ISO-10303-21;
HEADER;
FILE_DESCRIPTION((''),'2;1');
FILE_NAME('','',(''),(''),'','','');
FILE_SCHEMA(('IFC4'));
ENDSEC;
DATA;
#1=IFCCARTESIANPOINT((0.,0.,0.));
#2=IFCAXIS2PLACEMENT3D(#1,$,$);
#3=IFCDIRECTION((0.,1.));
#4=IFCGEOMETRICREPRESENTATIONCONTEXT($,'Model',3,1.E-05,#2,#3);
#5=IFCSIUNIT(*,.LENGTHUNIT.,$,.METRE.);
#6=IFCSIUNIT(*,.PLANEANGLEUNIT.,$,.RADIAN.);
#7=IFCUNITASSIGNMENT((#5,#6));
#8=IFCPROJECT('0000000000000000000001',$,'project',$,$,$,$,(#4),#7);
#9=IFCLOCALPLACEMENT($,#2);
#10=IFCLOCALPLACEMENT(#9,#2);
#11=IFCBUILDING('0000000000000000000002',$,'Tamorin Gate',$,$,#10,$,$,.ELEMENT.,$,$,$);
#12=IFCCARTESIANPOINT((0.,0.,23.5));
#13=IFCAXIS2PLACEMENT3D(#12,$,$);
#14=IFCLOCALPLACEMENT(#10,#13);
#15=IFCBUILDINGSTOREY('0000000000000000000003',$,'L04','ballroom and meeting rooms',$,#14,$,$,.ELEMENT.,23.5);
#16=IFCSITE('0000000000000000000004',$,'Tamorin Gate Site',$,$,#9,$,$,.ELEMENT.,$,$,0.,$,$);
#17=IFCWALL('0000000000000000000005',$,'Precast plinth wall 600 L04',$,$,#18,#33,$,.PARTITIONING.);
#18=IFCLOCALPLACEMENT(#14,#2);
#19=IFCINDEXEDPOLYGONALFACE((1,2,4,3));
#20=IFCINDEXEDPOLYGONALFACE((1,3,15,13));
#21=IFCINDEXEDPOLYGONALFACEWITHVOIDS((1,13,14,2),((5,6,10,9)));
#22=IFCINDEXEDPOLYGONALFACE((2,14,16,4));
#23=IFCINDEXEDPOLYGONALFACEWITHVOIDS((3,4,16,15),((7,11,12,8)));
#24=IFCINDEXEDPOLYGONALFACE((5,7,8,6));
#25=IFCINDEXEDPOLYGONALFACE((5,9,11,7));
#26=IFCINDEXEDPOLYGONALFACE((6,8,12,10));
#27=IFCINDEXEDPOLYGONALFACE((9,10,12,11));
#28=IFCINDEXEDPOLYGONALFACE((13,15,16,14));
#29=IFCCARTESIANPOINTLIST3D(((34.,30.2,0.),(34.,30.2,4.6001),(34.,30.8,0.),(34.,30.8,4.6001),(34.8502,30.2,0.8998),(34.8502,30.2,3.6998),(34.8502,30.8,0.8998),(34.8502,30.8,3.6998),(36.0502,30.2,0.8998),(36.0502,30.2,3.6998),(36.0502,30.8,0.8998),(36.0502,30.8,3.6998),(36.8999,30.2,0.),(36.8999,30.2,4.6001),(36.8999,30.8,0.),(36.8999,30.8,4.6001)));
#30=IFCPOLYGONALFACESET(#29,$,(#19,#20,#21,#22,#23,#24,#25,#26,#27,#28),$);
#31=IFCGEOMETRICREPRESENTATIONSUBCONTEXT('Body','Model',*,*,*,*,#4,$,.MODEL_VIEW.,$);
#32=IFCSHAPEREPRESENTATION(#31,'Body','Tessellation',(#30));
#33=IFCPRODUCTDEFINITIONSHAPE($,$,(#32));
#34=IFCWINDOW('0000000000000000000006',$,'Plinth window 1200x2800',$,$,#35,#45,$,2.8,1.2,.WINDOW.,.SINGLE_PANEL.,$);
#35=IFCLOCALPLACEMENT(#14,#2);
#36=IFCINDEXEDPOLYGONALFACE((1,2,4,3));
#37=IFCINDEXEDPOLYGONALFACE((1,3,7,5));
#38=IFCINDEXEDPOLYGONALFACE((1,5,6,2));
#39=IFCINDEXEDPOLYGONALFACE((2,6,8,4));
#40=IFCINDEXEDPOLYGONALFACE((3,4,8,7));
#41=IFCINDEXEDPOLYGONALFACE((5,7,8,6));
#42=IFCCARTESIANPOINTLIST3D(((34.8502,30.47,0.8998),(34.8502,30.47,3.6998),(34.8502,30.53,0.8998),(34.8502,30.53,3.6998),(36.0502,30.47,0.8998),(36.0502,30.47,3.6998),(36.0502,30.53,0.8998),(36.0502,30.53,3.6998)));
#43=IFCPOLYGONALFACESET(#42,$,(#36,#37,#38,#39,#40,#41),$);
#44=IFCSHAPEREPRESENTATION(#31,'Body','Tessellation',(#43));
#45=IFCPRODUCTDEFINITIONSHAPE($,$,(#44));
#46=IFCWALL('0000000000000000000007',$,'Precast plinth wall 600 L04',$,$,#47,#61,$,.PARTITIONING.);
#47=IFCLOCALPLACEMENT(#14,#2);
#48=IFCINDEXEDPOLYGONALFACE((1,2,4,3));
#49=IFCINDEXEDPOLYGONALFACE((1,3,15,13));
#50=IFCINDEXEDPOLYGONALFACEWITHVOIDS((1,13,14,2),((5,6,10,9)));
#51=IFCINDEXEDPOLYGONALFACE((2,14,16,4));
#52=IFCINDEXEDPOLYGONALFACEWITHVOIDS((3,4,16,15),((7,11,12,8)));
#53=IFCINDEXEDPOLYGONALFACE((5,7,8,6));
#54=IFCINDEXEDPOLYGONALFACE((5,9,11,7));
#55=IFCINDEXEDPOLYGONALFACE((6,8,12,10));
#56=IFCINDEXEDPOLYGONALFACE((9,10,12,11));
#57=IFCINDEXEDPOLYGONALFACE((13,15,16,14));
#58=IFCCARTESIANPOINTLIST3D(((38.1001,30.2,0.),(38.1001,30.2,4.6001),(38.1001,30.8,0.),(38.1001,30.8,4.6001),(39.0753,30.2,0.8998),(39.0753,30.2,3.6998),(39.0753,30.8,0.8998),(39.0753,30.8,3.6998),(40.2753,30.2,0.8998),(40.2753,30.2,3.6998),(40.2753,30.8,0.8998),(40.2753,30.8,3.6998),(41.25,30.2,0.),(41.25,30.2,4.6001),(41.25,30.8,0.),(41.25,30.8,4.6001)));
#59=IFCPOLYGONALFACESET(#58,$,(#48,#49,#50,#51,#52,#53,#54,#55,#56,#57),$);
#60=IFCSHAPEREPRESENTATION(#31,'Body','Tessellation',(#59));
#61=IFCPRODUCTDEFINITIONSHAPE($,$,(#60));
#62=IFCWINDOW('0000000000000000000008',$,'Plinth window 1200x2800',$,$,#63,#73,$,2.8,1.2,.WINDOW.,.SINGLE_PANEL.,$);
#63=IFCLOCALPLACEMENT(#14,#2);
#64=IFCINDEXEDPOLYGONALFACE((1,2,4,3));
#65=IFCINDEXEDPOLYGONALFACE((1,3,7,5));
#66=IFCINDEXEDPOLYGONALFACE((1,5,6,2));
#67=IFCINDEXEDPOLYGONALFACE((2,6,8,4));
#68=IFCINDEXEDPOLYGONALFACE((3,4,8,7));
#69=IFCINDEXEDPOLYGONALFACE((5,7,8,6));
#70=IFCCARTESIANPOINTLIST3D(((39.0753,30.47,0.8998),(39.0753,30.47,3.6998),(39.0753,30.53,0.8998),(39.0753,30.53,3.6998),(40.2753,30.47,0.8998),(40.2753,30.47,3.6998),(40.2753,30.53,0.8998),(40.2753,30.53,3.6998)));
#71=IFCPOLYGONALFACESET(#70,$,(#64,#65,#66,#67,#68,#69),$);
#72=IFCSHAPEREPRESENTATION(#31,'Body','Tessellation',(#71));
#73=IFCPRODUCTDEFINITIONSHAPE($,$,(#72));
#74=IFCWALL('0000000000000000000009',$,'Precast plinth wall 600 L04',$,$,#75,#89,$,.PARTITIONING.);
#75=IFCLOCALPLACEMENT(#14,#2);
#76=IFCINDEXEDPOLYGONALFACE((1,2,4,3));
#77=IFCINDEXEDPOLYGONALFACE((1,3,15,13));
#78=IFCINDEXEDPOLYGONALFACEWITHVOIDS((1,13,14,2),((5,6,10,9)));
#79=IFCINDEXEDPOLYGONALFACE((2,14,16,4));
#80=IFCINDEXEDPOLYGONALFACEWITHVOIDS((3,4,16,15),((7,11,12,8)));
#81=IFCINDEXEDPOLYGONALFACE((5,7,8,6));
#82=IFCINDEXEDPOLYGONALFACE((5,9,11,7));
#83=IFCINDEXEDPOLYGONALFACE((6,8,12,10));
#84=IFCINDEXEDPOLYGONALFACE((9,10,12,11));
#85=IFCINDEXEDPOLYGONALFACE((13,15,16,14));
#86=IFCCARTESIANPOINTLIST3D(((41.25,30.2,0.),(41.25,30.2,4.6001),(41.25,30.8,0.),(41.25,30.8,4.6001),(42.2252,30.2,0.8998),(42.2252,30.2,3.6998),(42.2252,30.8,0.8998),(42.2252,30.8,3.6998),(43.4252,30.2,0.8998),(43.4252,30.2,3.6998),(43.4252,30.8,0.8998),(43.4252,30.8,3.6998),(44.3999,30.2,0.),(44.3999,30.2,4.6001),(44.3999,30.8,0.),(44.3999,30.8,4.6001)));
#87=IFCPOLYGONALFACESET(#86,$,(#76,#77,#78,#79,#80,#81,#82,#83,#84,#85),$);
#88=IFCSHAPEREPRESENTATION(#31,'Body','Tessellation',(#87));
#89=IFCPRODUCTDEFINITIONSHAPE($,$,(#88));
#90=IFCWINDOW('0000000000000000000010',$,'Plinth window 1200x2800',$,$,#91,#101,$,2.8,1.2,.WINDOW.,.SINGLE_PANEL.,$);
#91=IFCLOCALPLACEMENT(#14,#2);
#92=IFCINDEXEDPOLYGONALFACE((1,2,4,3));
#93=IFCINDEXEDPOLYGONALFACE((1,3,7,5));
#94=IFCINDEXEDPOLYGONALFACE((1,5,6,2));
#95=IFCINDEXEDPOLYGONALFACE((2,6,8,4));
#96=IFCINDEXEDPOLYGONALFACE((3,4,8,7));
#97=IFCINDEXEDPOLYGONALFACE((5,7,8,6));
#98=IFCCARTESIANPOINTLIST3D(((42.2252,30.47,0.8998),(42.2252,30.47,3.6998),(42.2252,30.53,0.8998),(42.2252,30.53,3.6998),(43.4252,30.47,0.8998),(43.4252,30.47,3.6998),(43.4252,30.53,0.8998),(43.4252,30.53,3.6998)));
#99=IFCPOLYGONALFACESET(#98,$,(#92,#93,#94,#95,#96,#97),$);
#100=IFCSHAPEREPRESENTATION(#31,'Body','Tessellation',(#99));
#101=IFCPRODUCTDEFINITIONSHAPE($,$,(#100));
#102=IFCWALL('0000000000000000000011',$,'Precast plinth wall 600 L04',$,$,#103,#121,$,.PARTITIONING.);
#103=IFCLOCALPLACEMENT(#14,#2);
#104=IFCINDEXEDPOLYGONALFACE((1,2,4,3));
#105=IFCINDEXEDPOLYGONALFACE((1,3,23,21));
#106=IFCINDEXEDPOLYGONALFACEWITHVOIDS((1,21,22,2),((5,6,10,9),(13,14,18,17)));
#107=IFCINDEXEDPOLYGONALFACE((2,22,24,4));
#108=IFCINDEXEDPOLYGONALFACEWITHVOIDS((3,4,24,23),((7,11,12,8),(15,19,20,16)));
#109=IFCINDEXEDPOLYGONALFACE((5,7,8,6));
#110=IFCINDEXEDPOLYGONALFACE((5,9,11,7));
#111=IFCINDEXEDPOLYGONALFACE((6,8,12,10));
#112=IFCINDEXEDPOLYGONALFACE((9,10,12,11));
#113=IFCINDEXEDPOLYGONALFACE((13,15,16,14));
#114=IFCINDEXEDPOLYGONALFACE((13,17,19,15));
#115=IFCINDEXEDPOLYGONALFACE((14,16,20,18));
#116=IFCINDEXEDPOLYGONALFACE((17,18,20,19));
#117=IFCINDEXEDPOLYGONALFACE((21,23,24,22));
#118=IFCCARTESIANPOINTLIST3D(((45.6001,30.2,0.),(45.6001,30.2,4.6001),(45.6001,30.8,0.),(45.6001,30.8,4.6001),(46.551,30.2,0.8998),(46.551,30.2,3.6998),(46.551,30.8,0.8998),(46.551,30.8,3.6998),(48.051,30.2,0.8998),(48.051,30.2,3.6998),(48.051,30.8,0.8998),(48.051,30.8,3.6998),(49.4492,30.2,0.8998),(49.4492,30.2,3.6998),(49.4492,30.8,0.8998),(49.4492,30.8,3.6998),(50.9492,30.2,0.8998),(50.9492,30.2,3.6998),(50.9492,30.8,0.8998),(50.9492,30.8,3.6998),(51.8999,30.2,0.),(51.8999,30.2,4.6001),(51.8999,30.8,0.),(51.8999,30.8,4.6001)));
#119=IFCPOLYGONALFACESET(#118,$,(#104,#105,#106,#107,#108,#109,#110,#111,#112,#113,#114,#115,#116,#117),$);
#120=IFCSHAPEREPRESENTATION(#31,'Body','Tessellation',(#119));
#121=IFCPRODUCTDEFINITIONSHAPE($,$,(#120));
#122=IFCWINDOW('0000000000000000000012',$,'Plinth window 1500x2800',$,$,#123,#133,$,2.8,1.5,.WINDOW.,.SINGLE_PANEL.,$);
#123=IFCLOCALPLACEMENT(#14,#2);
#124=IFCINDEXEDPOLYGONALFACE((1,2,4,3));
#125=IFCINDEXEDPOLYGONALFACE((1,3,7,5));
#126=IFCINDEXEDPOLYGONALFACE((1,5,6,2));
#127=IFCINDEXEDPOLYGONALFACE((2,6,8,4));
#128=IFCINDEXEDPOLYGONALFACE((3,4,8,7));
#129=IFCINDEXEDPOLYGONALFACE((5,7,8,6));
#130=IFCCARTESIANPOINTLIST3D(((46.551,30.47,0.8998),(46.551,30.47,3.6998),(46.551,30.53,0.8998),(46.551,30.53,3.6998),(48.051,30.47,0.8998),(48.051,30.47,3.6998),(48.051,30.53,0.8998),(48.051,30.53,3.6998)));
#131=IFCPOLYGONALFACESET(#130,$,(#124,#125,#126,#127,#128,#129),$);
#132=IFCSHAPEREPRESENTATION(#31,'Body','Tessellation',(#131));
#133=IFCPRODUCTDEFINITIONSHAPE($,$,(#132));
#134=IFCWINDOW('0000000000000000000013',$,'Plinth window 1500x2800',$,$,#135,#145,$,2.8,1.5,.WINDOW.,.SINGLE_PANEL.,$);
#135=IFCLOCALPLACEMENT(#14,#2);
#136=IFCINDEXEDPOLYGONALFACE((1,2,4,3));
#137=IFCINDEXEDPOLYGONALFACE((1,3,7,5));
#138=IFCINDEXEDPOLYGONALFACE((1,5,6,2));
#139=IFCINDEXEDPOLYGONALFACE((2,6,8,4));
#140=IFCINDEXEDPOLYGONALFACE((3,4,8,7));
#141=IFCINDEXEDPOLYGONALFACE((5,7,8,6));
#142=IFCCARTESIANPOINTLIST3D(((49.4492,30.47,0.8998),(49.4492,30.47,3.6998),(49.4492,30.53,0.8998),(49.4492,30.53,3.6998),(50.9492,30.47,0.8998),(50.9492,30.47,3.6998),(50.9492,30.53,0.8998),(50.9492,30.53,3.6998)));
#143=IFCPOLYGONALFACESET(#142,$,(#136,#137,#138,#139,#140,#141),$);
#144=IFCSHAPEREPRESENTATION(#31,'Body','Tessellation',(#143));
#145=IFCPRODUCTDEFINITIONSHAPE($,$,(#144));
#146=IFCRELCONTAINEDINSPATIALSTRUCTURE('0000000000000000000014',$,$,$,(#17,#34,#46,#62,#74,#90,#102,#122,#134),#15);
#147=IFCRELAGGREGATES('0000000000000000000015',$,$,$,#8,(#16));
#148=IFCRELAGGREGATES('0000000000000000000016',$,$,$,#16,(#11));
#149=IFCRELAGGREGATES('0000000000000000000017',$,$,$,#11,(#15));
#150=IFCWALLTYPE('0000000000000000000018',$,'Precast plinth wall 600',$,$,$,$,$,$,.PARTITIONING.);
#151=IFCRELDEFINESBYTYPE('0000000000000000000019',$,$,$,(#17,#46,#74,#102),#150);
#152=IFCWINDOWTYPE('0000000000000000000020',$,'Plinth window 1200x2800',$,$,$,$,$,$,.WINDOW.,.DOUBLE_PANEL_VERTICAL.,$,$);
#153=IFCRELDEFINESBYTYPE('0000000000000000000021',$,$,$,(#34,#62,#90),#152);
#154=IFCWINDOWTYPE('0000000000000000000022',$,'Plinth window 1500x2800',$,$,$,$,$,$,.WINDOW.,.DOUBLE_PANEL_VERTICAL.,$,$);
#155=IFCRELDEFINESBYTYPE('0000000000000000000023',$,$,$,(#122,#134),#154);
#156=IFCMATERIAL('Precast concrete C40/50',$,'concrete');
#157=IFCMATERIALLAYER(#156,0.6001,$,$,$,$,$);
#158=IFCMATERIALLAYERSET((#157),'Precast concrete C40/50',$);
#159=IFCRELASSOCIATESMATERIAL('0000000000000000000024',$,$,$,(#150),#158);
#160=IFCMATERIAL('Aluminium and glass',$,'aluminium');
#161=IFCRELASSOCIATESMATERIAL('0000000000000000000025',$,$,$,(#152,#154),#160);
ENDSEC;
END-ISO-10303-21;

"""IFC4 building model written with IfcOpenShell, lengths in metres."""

from ifc_helpers import new_model, si_unit, direction, frame, frame_2d, origin, place, context, subcontext, project, spatial, rectangle, extrude, material, layer, layer_set, type_object, element, fill, save


model = new_model("IFC4")

# Units and contexts
model_context = context("Model", 3, precision=1e-05, world=origin(), true_north=direction((0.0, 1.0)))
body_context = subcontext(model_context, "Body", "Model", "MODEL_VIEW")
ifc_project = project(units=[si_unit("LENGTHUNIT", "METRE"), si_unit("PLANEANGLEUNIT", "RADIAN")], contexts=[model_context])

# Site, building, storey
site_placement = place(None, origin())
site = spatial("IfcSite", under=ifc_project, at=site_placement, Name="Tamorin Gate Site", CompositionType="ELEMENT", RefElevation=0.0)
building_placement = place(site_placement, origin())
building = spatial("IfcBuilding", under=site, at=building_placement, Name="Tamorin Gate", CompositionType="ELEMENT")
storey_placement = place(building_placement, frame((0.0, 0.0, 23.5)))
storey = spatial("IfcBuildingStorey", under=building, at=storey_placement, Name="L04", Description="ballroom and meeting rooms", CompositionType="ELEMENT", Elevation=23.5)

# Walls, openings, windows
ifc_material_1 = material(Name="Precast concrete C40/50", Category="concrete")
ifc_layer_1 = layer(ifc_material_1, 0.6001)
ifc_layer_set_1 = layer_set([ifc_layer_1], Name="Precast concrete C40/50")
wall_type_1 = type_object("IfcWallType", Name="Precast plinth wall 600", PredefinedType="PARTITIONING", material=ifc_layer_set_1)
wall_1_placement = place(storey_placement, frame((34.0, 30.5, 0.0), z_axis=(0.0, 0.0, 1.0), x_axis=(1.0, 0.0, 0.0)))
wall_1 = element("IfcWall", 1, at=wall_1_placement, inside=storey, type_object=wall_type_1, Name="Precast plinth wall 600 L04", PredefinedType="PARTITIONING", context=body_context, shape_type="SweptSolid", body=[
    extrude(rectangle(XDim=2.8999, YDim=0.6001, at=frame_2d((1.45, 0.0))), origin(), (0.0, 0.0, 1.0), 4.6001),
])
opening_1_placement = place(wall_1_placement, frame((0.8501, 0.0, 0.8999)))
opening_1 = element("IfcOpeningElement", 2, at=opening_1_placement, cuts=wall_1, PredefinedType="OPENING", context=body_context, shape_type="SweptSolid", body=[
    extrude(rectangle(XDim=1.2, YDim=2.8, at=frame_2d((0.6001, 1.3999))), frame((0.0, 0.3101, 0.0), z_axis=(0.0, -1.0, 0.0), x_axis=(1.0, 0.0, 0.0)), (0.0, 0.0, 1.0), 0.6201),
])
ifc_material_2 = material(Name="Aluminium and glass", Category="aluminium")
window_type_1 = type_object("IfcWindowType", Name="Plinth window 1200x2800", PartitioningType="DOUBLE_PANEL_VERTICAL", PredefinedType="WINDOW", material=ifc_material_2)
window_1_placement = place(opening_1_placement, origin())
window_1 = element("IfcWindow", 3, at=window_1_placement, inside=storey, type_object=window_type_1, Name="Plinth window 1200x2800", OverallHeight=2.8, OverallWidth=1.2, PartitioningType="SINGLE_PANEL", PredefinedType="WINDOW", context=body_context, shape_type="SweptSolid", body=[
    extrude(rectangle(XDim=1.2, YDim=2.8, at=frame_2d((0.6001, 1.3999))), frame((0.0, 0.03, 0.0), z_axis=(0.0, -1.0, 0.0), x_axis=(1.0, 0.0, 0.0)), (0.0, 0.0, 1.0), 0.0601),
])
fill(opening_1, window_1)
wall_2_placement = place(storey_placement, frame((38.1001, 30.5, 0.0), z_axis=(0.0, 0.0, 1.0), x_axis=(1.0, 0.0, 0.0)))
wall_2 = element("IfcWall", 4, at=wall_2_placement, inside=storey, type_object=wall_type_1, Name="Precast plinth wall 600 L04", PredefinedType="PARTITIONING", context=body_context, shape_type="SweptSolid", body=[
    extrude(rectangle(XDim=3.1499, YDim=0.6001, at=frame_2d((1.575, 0.0))), origin(), (0.0, 0.0, 1.0), 4.6001),
])
opening_2_placement = place(wall_2_placement, frame((0.9751, 0.0, 0.8999)))
opening_2 = element("IfcOpeningElement", 5, at=opening_2_placement, cuts=wall_2, PredefinedType="OPENING", context=body_context, shape_type="SweptSolid", body=[
    extrude(rectangle(XDim=1.2, YDim=2.8, at=frame_2d((0.6001, 1.3999))), frame((0.0, 0.3101, 0.0), z_axis=(0.0, -1.0, 0.0), x_axis=(1.0, 0.0, 0.0)), (0.0, 0.0, 1.0), 0.6201),
])
window_2_placement = place(opening_2_placement, origin())
window_2 = element("IfcWindow", 6, at=window_2_placement, inside=storey, type_object=window_type_1, Name="Plinth window 1200x2800", OverallHeight=2.8, OverallWidth=1.2, PartitioningType="SINGLE_PANEL", PredefinedType="WINDOW", context=body_context, shape_type="SweptSolid", body=[
    extrude(rectangle(XDim=1.2, YDim=2.8, at=frame_2d((0.6001, 1.3999))), frame((0.0, 0.03, 0.0), z_axis=(0.0, -1.0, 0.0), x_axis=(1.0, 0.0, 0.0)), (0.0, 0.0, 1.0), 0.0601),
])
fill(opening_2, window_2)
wall_3_placement = place(storey_placement, frame((41.25, 30.5, 0.0), z_axis=(0.0, 0.0, 1.0), x_axis=(1.0, 0.0, 0.0)))
wall_3 = element("IfcWall", 7, at=wall_3_placement, inside=storey, type_object=wall_type_1, Name="Precast plinth wall 600 L04", PredefinedType="PARTITIONING", context=body_context, shape_type="SweptSolid", body=[
    extrude(rectangle(XDim=3.1499, YDim=0.6001, at=frame_2d((1.575, 0.0))), origin(), (0.0, 0.0, 1.0), 4.6001),
])
opening_3_placement = place(wall_3_placement, frame((0.9751, 0.0, 0.8999)))
opening_3 = element("IfcOpeningElement", 8, at=opening_3_placement, cuts=wall_3, PredefinedType="OPENING", context=body_context, shape_type="SweptSolid", body=[
    extrude(rectangle(XDim=1.2, YDim=2.8, at=frame_2d((0.6001, 1.3999))), frame((0.0, 0.3101, 0.0), z_axis=(0.0, -1.0, 0.0), x_axis=(1.0, 0.0, 0.0)), (0.0, 0.0, 1.0), 0.6201),
])
window_3_placement = place(opening_3_placement, origin())
window_3 = element("IfcWindow", 9, at=window_3_placement, inside=storey, type_object=window_type_1, Name="Plinth window 1200x2800", OverallHeight=2.8, OverallWidth=1.2, PartitioningType="SINGLE_PANEL", PredefinedType="WINDOW", context=body_context, shape_type="SweptSolid", body=[
    extrude(rectangle(XDim=1.2, YDim=2.8, at=frame_2d((0.6001, 1.3999))), frame((0.0, 0.03, 0.0), z_axis=(0.0, -1.0, 0.0), x_axis=(1.0, 0.0, 0.0)), (0.0, 0.0, 1.0), 0.0601),
])
fill(opening_3, window_3)

# Wall, openings, windows
wall_4_placement = place(storey_placement, frame((45.6001, 30.5, 0.0), z_axis=(0.0, 0.0, 1.0), x_axis=(1.0, 0.0, 0.0)))
wall_4 = element("IfcWall", 10, at=wall_4_placement, inside=storey, type_object=wall_type_1, Name="Precast plinth wall 600 L04", PredefinedType="PARTITIONING", context=body_context, shape_type="SweptSolid", body=[
    extrude(rectangle(XDim=6.2998, YDim=0.6001, at=frame_2d((3.1499, 0.0))), origin(), (0.0, 0.0, 1.0), 4.6001),
])
opening_4_placement = place(wall_4_placement, frame((0.9509, 0.0, 0.8999)))
opening_4 = element("IfcOpeningElement", 11, at=opening_4_placement, cuts=wall_4, PredefinedType="OPENING", context=body_context, shape_type="SweptSolid", body=[
    extrude(rectangle(XDim=1.5, YDim=2.8, at=frame_2d((0.75, 1.3999))), frame((0.0, 0.3101, 0.0), z_axis=(0.0, -1.0, 0.0), x_axis=(1.0, 0.0, 0.0)), (0.0, 0.0, 1.0), 0.6201),
])
opening_5_placement = place(wall_4_placement, frame((3.8491, 0.0, 0.8999)))
opening_5 = element("IfcOpeningElement", 12, at=opening_5_placement, cuts=wall_4, PredefinedType="OPENING", context=body_context, shape_type="SweptSolid", body=[
    extrude(rectangle(XDim=1.5, YDim=2.8, at=frame_2d((0.75, 1.3999))), frame((0.0, 0.3101, 0.0), z_axis=(0.0, -1.0, 0.0), x_axis=(1.0, 0.0, 0.0)), (0.0, 0.0, 1.0), 0.6201),
])
window_type_2 = type_object("IfcWindowType", Name="Plinth window 1500x2800", PartitioningType="DOUBLE_PANEL_VERTICAL", PredefinedType="WINDOW", material=ifc_material_2)
window_4_placement = place(opening_4_placement, origin())
window_4 = element("IfcWindow", 13, at=window_4_placement, inside=storey, type_object=window_type_2, Name="Plinth window 1500x2800", OverallHeight=2.8, OverallWidth=1.5, PartitioningType="SINGLE_PANEL", PredefinedType="WINDOW", context=body_context, shape_type="SweptSolid", body=[
    extrude(rectangle(XDim=1.5, YDim=2.8, at=frame_2d((0.75, 1.3999))), frame((0.0, 0.03, 0.0), z_axis=(0.0, -1.0, 0.0), x_axis=(1.0, 0.0, 0.0)), (0.0, 0.0, 1.0), 0.0601),
])
fill(opening_4, window_4)
window_5_placement = place(opening_5_placement, origin())
window_5 = element("IfcWindow", 14, at=window_5_placement, inside=storey, type_object=window_type_2, Name="Plinth window 1500x2800", OverallHeight=2.8, OverallWidth=1.5, PartitioningType="SINGLE_PANEL", PredefinedType="WINDOW", context=body_context, shape_type="SweptSolid", body=[
    extrude(rectangle(XDim=1.5, YDim=2.8, at=frame_2d((0.75, 1.3999))), frame((0.0, 0.03, 0.0), z_axis=(0.0, -1.0, 0.0), x_axis=(1.0, 0.0, 0.0)), (0.0, 0.0, 1.0), 0.0601),
])
fill(opening_5, window_5)

save(model, "model.ifc")
